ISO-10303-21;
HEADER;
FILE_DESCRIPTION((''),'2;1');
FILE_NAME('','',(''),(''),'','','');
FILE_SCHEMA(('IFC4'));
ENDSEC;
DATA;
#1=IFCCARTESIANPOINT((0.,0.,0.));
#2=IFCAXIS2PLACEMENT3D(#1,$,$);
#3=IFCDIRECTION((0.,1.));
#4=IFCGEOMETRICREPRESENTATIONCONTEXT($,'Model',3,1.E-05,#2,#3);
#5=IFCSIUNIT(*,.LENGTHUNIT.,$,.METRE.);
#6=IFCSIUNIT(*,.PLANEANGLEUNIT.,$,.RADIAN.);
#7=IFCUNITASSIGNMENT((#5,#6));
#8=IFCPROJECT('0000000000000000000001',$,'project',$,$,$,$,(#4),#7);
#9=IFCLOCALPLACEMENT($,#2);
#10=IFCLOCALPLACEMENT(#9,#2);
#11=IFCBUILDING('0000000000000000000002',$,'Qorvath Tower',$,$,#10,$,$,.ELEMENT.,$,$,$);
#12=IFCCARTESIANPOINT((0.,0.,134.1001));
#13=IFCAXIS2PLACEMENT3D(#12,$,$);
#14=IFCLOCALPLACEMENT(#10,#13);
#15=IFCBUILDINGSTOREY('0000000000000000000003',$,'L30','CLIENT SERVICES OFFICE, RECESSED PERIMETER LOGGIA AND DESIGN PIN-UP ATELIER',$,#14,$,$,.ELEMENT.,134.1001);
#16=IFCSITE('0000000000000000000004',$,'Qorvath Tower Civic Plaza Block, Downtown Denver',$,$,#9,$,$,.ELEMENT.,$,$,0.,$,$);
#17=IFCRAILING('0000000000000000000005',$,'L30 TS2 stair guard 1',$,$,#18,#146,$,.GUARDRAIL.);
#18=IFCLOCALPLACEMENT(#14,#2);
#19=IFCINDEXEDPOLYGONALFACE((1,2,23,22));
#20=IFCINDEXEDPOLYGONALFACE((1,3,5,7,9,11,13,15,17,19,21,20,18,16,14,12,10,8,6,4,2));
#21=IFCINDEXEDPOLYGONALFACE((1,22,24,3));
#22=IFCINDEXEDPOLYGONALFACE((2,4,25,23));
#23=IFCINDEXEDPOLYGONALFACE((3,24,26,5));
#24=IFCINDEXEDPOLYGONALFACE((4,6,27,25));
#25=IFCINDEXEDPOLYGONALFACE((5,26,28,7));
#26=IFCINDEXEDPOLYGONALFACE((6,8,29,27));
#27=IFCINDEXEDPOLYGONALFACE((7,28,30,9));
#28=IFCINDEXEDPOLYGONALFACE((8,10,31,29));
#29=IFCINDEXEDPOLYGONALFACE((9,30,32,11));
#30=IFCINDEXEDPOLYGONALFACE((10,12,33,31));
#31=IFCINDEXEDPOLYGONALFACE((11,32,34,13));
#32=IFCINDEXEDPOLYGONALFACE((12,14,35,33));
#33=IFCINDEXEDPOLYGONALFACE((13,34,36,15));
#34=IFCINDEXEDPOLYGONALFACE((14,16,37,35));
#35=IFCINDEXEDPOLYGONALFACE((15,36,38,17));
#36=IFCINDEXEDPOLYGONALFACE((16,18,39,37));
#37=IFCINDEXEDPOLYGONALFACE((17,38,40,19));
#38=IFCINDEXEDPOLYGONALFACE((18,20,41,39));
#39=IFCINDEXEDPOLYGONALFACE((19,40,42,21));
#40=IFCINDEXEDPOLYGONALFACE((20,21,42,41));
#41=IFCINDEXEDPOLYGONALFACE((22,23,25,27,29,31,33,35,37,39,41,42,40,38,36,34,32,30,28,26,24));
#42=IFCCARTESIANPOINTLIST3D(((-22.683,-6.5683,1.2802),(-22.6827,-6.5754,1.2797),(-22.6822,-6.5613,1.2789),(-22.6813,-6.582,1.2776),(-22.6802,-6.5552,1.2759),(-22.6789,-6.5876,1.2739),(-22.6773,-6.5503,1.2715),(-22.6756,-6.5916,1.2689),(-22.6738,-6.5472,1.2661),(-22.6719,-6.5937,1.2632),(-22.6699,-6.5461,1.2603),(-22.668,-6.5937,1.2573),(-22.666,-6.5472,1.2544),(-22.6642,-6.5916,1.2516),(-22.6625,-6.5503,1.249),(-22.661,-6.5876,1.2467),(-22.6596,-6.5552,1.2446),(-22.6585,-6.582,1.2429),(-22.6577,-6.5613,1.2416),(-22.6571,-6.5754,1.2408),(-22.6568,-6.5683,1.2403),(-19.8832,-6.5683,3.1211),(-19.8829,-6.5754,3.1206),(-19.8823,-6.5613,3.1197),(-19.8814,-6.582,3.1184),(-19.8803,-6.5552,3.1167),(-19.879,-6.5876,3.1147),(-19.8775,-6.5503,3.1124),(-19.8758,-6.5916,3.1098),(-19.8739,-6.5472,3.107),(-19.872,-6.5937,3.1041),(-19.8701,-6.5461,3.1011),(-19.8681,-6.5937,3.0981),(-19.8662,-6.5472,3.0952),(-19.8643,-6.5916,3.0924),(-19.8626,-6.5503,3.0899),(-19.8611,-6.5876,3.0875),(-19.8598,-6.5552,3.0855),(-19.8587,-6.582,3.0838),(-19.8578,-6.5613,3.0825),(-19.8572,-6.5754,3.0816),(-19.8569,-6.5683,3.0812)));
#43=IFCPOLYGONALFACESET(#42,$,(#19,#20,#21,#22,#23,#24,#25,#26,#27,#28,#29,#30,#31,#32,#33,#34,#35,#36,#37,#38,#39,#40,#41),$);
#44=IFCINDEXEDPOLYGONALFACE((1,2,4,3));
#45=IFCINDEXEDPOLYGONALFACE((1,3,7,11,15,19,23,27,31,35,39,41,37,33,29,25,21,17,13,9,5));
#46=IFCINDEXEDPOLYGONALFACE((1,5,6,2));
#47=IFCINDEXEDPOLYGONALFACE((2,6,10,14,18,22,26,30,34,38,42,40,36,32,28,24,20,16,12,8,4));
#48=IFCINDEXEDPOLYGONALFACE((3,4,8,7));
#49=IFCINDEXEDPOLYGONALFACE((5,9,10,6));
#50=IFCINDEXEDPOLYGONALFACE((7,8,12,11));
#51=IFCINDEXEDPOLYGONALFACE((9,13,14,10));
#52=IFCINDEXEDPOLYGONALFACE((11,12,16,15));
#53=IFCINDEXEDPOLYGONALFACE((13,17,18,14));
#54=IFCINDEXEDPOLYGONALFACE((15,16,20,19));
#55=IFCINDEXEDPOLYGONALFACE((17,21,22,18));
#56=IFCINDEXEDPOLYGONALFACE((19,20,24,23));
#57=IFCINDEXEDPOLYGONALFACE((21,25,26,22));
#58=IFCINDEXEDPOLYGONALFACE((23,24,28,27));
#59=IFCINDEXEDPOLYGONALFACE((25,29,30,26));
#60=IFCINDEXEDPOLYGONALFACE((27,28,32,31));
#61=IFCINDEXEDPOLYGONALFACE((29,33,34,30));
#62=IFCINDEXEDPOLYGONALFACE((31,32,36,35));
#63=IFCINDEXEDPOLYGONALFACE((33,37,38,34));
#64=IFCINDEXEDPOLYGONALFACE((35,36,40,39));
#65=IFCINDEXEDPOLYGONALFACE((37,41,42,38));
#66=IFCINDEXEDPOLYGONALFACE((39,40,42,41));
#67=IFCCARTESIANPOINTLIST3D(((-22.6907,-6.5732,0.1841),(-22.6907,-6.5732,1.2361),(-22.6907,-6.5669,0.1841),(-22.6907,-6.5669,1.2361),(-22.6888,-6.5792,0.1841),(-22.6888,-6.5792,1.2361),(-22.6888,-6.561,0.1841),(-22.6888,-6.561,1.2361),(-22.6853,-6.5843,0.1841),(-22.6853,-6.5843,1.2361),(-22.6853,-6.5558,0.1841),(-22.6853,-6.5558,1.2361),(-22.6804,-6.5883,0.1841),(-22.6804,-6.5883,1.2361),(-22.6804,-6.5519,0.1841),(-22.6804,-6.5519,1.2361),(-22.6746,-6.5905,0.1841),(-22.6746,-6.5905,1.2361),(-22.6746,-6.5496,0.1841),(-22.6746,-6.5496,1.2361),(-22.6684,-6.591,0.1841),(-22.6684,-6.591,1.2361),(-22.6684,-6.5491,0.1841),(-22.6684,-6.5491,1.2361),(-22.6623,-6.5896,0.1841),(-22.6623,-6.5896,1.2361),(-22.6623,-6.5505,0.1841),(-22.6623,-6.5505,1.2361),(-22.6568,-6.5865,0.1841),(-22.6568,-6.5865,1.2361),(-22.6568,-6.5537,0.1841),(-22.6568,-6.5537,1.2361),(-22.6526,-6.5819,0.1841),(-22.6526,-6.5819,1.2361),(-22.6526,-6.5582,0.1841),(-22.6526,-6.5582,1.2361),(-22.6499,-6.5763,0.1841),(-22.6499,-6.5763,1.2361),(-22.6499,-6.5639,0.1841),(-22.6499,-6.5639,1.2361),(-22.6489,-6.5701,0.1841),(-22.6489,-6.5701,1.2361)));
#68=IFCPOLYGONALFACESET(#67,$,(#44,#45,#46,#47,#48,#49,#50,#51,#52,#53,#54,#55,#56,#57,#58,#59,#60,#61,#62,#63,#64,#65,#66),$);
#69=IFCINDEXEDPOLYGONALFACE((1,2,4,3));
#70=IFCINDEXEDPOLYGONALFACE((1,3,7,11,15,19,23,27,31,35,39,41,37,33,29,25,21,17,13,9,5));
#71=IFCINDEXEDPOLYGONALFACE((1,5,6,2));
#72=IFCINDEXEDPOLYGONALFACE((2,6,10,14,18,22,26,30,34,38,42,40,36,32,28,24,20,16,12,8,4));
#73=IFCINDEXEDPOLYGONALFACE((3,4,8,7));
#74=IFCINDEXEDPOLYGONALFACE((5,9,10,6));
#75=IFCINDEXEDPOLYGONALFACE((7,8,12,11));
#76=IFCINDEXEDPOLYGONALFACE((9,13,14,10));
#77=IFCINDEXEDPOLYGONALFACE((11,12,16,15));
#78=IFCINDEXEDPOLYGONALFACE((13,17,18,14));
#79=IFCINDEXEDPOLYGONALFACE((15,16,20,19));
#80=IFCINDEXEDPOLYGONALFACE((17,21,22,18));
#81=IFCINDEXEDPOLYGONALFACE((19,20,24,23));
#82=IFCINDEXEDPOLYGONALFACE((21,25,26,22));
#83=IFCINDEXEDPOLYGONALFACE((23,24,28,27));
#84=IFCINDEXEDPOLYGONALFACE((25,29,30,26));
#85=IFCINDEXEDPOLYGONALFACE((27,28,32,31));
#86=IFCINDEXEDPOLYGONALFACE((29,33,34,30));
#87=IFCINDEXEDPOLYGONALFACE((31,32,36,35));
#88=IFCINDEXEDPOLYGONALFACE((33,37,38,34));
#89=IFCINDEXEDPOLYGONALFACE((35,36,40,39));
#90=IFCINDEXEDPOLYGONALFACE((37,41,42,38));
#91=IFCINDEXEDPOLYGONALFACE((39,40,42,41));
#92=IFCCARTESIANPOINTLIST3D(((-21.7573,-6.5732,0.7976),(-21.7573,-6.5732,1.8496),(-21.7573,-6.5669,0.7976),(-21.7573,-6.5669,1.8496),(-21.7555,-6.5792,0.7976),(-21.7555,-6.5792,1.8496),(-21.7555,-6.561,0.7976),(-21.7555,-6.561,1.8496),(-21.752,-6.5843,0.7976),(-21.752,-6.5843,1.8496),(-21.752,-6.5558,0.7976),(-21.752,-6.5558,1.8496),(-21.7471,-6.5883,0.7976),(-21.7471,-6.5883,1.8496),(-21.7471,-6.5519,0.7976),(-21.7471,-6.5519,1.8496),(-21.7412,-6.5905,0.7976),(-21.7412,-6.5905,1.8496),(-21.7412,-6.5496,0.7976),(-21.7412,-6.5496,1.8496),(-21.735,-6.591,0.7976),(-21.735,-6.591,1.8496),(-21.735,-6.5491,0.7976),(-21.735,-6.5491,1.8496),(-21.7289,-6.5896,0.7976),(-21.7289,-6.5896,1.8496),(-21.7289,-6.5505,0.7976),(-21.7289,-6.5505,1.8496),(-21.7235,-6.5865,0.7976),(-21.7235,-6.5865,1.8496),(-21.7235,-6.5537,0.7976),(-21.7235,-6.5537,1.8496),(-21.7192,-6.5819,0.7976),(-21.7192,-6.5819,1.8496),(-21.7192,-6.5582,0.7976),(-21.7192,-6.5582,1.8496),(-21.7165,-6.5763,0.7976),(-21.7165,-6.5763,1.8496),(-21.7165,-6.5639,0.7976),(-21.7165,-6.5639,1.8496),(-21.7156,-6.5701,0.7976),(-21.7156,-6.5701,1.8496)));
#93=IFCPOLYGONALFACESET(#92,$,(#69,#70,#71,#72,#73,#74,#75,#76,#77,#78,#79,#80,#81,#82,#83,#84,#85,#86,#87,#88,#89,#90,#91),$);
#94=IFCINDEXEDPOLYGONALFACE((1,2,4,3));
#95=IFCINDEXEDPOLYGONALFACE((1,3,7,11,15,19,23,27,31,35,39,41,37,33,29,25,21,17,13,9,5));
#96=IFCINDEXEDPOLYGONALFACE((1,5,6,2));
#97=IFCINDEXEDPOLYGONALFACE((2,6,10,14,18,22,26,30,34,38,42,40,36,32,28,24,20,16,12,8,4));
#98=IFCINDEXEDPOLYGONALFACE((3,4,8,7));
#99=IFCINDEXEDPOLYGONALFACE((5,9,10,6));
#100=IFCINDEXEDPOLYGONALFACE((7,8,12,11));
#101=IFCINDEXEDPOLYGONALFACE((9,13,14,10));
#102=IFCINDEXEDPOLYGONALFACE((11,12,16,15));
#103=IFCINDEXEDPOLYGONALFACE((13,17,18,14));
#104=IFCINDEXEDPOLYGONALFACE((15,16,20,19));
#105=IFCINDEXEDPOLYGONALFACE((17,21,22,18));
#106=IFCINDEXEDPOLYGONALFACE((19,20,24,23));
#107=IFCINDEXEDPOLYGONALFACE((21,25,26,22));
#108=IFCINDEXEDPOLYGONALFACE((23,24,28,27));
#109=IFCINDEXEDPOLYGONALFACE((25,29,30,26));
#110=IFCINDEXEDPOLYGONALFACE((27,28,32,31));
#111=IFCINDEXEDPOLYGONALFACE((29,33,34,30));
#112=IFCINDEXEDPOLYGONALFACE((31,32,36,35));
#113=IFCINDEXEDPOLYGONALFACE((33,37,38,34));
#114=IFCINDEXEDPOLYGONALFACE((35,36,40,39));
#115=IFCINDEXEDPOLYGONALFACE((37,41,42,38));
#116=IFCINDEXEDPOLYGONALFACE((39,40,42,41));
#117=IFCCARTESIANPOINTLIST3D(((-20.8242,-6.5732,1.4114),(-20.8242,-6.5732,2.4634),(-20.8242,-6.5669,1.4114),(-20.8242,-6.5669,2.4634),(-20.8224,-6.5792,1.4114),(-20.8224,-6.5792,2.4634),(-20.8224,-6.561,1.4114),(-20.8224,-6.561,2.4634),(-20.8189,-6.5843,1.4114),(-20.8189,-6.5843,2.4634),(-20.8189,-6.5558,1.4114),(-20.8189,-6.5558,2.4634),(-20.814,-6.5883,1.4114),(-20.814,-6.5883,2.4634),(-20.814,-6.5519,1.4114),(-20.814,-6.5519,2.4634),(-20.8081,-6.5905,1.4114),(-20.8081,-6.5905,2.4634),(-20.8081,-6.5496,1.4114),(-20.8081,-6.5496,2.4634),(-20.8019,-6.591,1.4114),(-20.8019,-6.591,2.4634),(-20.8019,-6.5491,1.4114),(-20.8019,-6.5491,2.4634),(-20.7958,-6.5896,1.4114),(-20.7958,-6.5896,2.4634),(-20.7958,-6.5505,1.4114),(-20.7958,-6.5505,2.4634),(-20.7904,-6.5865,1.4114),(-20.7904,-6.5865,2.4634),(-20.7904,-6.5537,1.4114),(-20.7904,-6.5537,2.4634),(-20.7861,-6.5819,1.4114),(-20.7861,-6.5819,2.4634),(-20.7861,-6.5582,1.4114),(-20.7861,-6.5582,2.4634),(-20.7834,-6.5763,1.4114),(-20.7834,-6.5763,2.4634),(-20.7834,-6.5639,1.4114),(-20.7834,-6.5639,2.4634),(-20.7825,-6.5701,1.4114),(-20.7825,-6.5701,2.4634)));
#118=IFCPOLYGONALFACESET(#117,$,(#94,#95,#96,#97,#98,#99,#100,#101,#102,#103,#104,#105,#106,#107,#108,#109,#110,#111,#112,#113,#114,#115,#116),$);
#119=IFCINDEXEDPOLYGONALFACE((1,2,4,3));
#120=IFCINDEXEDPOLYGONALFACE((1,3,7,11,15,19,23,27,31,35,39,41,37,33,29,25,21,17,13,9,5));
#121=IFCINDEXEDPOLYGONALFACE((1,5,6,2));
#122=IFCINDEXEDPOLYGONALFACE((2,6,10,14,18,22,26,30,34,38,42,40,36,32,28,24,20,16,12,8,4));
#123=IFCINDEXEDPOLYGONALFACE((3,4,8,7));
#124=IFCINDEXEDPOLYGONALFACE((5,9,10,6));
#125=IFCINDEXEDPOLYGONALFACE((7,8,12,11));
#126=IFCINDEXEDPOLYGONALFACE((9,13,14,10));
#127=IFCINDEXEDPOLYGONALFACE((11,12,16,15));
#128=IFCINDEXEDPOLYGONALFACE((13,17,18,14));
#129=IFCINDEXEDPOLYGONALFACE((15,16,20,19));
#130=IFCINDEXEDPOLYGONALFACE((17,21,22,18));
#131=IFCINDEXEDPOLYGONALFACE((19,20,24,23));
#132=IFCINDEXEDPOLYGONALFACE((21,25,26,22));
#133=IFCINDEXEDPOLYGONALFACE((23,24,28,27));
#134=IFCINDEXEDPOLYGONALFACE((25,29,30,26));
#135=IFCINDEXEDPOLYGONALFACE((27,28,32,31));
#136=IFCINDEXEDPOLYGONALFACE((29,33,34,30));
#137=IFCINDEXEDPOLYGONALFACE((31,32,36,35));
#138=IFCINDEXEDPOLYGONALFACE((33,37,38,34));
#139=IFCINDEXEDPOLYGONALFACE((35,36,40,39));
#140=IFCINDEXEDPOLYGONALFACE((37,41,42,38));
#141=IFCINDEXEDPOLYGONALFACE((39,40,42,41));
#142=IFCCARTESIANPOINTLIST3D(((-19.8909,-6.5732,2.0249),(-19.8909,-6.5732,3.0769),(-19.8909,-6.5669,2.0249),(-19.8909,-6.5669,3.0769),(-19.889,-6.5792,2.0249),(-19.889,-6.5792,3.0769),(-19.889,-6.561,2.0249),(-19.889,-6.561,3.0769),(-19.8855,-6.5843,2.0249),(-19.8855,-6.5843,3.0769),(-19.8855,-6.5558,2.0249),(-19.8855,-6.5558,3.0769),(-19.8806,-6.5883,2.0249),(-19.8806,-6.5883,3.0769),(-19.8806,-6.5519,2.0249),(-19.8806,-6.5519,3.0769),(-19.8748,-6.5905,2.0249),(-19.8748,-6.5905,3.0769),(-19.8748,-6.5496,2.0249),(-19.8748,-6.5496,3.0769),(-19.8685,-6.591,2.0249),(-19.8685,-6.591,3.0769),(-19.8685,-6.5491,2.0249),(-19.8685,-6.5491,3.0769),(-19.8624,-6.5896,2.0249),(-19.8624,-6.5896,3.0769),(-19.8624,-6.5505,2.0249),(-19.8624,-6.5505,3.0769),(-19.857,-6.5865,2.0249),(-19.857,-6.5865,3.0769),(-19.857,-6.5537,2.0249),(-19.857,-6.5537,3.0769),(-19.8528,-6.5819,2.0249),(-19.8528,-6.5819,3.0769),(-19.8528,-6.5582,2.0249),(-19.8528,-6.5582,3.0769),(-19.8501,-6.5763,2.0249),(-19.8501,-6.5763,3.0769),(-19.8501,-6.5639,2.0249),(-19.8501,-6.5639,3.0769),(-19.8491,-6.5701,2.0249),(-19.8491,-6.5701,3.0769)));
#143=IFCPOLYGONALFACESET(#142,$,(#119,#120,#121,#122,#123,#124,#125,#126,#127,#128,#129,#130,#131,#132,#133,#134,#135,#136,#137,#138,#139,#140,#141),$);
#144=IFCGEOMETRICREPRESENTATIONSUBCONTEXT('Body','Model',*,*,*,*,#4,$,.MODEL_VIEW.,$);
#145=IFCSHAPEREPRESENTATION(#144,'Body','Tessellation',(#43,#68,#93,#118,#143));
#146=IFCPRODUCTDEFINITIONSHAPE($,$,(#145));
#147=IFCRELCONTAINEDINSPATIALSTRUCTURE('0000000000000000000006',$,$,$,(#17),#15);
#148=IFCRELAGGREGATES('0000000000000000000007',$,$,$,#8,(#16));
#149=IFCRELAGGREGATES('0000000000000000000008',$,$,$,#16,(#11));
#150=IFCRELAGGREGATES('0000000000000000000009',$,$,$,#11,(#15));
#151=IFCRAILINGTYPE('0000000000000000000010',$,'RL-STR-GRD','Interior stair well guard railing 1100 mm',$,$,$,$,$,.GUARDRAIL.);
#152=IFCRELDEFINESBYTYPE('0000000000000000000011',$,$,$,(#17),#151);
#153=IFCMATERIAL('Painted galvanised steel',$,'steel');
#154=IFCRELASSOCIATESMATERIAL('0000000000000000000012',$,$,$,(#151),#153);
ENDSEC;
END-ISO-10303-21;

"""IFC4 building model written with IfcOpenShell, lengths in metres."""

from ifc_helpers import new_model, si_unit, direction, frame, origin, origin_2d, place, context, subcontext, project, spatial, circle, extrude, material, type_object, element, save


model = new_model("IFC4")

# Units and contexts
model_context = context("Model", 3, precision=1e-05, world=origin(), true_north=direction((0.0, 1.0)))
body_context = subcontext(model_context, "Body", "Model", "MODEL_VIEW")
ifc_project = project(units=[si_unit("LENGTHUNIT", "METRE"), si_unit("PLANEANGLEUNIT", "RADIAN")], contexts=[model_context])

# Site, building, storey
site_placement = place(None, origin())
site = spatial("IfcSite", under=ifc_project, at=site_placement, Name="Qorvath Tower Civic Plaza Block, Downtown Denver", CompositionType="ELEMENT", RefElevation=0.0)
building_placement = place(site_placement, origin())
building = spatial("IfcBuilding", under=site, at=building_placement, Name="Qorvath Tower", CompositionType="ELEMENT")
storey_placement = place(building_placement, frame((0.0, 0.0, 134.1001)))
storey = spatial("IfcBuildingStorey", under=building, at=storey_placement, Name="L30", Description="CLIENT SERVICES OFFICE, RECESSED PERIMETER LOGGIA AND DESIGN PIN-UP ATELIER", CompositionType="ELEMENT", Elevation=134.1001)

# Railing
ifc_material_1 = material(Name="Painted galvanised steel", Category="steel")
railing_type = type_object("IfcRailingType", Name="RL-STR-GRD", Description="Interior stair well guard railing 1100 mm", PredefinedType="GUARDRAIL", material=ifc_material_1)
railing_1_placement = place(storey_placement, frame((-22.6699, -6.5701, 0.1841)))
element("IfcRailing", 1, at=railing_1_placement, inside=storey, type_object=railing_type, Name="L30 TS2 stair guard 1", PredefinedType="GUARDRAIL", context=body_context, shape_type="SweptSolid", body=[
    extrude(circle(Radius=0.0239, at=origin_2d()), frame((0.0, 0.0, 1.0762), z_axis=(0.835576, 0.0, 0.549376), x_axis=(0.0, 1.0, 0.0)), (0.0, 0.0, 1.0), 3.3508),
    extrude(circle(Radius=0.021, at=origin_2d()), origin(), (0.0, 0.0, 1.0), 1.052),
    extrude(circle(Radius=0.021, at=origin_2d()), frame((0.9333, 0.0, 0.6135)), (0.0, 0.0, 1.0), 1.052),
    extrude(circle(Radius=0.021, at=origin_2d()), frame((1.8665, 0.0, 1.2273)), (0.0, 0.0, 1.0), 1.052),
    extrude(circle(Radius=0.021, at=origin_2d()), frame((2.7998, 0.0, 1.8408)), (0.0, 0.0, 1.0), 1.052),
])

save(model, "model.ifc")
